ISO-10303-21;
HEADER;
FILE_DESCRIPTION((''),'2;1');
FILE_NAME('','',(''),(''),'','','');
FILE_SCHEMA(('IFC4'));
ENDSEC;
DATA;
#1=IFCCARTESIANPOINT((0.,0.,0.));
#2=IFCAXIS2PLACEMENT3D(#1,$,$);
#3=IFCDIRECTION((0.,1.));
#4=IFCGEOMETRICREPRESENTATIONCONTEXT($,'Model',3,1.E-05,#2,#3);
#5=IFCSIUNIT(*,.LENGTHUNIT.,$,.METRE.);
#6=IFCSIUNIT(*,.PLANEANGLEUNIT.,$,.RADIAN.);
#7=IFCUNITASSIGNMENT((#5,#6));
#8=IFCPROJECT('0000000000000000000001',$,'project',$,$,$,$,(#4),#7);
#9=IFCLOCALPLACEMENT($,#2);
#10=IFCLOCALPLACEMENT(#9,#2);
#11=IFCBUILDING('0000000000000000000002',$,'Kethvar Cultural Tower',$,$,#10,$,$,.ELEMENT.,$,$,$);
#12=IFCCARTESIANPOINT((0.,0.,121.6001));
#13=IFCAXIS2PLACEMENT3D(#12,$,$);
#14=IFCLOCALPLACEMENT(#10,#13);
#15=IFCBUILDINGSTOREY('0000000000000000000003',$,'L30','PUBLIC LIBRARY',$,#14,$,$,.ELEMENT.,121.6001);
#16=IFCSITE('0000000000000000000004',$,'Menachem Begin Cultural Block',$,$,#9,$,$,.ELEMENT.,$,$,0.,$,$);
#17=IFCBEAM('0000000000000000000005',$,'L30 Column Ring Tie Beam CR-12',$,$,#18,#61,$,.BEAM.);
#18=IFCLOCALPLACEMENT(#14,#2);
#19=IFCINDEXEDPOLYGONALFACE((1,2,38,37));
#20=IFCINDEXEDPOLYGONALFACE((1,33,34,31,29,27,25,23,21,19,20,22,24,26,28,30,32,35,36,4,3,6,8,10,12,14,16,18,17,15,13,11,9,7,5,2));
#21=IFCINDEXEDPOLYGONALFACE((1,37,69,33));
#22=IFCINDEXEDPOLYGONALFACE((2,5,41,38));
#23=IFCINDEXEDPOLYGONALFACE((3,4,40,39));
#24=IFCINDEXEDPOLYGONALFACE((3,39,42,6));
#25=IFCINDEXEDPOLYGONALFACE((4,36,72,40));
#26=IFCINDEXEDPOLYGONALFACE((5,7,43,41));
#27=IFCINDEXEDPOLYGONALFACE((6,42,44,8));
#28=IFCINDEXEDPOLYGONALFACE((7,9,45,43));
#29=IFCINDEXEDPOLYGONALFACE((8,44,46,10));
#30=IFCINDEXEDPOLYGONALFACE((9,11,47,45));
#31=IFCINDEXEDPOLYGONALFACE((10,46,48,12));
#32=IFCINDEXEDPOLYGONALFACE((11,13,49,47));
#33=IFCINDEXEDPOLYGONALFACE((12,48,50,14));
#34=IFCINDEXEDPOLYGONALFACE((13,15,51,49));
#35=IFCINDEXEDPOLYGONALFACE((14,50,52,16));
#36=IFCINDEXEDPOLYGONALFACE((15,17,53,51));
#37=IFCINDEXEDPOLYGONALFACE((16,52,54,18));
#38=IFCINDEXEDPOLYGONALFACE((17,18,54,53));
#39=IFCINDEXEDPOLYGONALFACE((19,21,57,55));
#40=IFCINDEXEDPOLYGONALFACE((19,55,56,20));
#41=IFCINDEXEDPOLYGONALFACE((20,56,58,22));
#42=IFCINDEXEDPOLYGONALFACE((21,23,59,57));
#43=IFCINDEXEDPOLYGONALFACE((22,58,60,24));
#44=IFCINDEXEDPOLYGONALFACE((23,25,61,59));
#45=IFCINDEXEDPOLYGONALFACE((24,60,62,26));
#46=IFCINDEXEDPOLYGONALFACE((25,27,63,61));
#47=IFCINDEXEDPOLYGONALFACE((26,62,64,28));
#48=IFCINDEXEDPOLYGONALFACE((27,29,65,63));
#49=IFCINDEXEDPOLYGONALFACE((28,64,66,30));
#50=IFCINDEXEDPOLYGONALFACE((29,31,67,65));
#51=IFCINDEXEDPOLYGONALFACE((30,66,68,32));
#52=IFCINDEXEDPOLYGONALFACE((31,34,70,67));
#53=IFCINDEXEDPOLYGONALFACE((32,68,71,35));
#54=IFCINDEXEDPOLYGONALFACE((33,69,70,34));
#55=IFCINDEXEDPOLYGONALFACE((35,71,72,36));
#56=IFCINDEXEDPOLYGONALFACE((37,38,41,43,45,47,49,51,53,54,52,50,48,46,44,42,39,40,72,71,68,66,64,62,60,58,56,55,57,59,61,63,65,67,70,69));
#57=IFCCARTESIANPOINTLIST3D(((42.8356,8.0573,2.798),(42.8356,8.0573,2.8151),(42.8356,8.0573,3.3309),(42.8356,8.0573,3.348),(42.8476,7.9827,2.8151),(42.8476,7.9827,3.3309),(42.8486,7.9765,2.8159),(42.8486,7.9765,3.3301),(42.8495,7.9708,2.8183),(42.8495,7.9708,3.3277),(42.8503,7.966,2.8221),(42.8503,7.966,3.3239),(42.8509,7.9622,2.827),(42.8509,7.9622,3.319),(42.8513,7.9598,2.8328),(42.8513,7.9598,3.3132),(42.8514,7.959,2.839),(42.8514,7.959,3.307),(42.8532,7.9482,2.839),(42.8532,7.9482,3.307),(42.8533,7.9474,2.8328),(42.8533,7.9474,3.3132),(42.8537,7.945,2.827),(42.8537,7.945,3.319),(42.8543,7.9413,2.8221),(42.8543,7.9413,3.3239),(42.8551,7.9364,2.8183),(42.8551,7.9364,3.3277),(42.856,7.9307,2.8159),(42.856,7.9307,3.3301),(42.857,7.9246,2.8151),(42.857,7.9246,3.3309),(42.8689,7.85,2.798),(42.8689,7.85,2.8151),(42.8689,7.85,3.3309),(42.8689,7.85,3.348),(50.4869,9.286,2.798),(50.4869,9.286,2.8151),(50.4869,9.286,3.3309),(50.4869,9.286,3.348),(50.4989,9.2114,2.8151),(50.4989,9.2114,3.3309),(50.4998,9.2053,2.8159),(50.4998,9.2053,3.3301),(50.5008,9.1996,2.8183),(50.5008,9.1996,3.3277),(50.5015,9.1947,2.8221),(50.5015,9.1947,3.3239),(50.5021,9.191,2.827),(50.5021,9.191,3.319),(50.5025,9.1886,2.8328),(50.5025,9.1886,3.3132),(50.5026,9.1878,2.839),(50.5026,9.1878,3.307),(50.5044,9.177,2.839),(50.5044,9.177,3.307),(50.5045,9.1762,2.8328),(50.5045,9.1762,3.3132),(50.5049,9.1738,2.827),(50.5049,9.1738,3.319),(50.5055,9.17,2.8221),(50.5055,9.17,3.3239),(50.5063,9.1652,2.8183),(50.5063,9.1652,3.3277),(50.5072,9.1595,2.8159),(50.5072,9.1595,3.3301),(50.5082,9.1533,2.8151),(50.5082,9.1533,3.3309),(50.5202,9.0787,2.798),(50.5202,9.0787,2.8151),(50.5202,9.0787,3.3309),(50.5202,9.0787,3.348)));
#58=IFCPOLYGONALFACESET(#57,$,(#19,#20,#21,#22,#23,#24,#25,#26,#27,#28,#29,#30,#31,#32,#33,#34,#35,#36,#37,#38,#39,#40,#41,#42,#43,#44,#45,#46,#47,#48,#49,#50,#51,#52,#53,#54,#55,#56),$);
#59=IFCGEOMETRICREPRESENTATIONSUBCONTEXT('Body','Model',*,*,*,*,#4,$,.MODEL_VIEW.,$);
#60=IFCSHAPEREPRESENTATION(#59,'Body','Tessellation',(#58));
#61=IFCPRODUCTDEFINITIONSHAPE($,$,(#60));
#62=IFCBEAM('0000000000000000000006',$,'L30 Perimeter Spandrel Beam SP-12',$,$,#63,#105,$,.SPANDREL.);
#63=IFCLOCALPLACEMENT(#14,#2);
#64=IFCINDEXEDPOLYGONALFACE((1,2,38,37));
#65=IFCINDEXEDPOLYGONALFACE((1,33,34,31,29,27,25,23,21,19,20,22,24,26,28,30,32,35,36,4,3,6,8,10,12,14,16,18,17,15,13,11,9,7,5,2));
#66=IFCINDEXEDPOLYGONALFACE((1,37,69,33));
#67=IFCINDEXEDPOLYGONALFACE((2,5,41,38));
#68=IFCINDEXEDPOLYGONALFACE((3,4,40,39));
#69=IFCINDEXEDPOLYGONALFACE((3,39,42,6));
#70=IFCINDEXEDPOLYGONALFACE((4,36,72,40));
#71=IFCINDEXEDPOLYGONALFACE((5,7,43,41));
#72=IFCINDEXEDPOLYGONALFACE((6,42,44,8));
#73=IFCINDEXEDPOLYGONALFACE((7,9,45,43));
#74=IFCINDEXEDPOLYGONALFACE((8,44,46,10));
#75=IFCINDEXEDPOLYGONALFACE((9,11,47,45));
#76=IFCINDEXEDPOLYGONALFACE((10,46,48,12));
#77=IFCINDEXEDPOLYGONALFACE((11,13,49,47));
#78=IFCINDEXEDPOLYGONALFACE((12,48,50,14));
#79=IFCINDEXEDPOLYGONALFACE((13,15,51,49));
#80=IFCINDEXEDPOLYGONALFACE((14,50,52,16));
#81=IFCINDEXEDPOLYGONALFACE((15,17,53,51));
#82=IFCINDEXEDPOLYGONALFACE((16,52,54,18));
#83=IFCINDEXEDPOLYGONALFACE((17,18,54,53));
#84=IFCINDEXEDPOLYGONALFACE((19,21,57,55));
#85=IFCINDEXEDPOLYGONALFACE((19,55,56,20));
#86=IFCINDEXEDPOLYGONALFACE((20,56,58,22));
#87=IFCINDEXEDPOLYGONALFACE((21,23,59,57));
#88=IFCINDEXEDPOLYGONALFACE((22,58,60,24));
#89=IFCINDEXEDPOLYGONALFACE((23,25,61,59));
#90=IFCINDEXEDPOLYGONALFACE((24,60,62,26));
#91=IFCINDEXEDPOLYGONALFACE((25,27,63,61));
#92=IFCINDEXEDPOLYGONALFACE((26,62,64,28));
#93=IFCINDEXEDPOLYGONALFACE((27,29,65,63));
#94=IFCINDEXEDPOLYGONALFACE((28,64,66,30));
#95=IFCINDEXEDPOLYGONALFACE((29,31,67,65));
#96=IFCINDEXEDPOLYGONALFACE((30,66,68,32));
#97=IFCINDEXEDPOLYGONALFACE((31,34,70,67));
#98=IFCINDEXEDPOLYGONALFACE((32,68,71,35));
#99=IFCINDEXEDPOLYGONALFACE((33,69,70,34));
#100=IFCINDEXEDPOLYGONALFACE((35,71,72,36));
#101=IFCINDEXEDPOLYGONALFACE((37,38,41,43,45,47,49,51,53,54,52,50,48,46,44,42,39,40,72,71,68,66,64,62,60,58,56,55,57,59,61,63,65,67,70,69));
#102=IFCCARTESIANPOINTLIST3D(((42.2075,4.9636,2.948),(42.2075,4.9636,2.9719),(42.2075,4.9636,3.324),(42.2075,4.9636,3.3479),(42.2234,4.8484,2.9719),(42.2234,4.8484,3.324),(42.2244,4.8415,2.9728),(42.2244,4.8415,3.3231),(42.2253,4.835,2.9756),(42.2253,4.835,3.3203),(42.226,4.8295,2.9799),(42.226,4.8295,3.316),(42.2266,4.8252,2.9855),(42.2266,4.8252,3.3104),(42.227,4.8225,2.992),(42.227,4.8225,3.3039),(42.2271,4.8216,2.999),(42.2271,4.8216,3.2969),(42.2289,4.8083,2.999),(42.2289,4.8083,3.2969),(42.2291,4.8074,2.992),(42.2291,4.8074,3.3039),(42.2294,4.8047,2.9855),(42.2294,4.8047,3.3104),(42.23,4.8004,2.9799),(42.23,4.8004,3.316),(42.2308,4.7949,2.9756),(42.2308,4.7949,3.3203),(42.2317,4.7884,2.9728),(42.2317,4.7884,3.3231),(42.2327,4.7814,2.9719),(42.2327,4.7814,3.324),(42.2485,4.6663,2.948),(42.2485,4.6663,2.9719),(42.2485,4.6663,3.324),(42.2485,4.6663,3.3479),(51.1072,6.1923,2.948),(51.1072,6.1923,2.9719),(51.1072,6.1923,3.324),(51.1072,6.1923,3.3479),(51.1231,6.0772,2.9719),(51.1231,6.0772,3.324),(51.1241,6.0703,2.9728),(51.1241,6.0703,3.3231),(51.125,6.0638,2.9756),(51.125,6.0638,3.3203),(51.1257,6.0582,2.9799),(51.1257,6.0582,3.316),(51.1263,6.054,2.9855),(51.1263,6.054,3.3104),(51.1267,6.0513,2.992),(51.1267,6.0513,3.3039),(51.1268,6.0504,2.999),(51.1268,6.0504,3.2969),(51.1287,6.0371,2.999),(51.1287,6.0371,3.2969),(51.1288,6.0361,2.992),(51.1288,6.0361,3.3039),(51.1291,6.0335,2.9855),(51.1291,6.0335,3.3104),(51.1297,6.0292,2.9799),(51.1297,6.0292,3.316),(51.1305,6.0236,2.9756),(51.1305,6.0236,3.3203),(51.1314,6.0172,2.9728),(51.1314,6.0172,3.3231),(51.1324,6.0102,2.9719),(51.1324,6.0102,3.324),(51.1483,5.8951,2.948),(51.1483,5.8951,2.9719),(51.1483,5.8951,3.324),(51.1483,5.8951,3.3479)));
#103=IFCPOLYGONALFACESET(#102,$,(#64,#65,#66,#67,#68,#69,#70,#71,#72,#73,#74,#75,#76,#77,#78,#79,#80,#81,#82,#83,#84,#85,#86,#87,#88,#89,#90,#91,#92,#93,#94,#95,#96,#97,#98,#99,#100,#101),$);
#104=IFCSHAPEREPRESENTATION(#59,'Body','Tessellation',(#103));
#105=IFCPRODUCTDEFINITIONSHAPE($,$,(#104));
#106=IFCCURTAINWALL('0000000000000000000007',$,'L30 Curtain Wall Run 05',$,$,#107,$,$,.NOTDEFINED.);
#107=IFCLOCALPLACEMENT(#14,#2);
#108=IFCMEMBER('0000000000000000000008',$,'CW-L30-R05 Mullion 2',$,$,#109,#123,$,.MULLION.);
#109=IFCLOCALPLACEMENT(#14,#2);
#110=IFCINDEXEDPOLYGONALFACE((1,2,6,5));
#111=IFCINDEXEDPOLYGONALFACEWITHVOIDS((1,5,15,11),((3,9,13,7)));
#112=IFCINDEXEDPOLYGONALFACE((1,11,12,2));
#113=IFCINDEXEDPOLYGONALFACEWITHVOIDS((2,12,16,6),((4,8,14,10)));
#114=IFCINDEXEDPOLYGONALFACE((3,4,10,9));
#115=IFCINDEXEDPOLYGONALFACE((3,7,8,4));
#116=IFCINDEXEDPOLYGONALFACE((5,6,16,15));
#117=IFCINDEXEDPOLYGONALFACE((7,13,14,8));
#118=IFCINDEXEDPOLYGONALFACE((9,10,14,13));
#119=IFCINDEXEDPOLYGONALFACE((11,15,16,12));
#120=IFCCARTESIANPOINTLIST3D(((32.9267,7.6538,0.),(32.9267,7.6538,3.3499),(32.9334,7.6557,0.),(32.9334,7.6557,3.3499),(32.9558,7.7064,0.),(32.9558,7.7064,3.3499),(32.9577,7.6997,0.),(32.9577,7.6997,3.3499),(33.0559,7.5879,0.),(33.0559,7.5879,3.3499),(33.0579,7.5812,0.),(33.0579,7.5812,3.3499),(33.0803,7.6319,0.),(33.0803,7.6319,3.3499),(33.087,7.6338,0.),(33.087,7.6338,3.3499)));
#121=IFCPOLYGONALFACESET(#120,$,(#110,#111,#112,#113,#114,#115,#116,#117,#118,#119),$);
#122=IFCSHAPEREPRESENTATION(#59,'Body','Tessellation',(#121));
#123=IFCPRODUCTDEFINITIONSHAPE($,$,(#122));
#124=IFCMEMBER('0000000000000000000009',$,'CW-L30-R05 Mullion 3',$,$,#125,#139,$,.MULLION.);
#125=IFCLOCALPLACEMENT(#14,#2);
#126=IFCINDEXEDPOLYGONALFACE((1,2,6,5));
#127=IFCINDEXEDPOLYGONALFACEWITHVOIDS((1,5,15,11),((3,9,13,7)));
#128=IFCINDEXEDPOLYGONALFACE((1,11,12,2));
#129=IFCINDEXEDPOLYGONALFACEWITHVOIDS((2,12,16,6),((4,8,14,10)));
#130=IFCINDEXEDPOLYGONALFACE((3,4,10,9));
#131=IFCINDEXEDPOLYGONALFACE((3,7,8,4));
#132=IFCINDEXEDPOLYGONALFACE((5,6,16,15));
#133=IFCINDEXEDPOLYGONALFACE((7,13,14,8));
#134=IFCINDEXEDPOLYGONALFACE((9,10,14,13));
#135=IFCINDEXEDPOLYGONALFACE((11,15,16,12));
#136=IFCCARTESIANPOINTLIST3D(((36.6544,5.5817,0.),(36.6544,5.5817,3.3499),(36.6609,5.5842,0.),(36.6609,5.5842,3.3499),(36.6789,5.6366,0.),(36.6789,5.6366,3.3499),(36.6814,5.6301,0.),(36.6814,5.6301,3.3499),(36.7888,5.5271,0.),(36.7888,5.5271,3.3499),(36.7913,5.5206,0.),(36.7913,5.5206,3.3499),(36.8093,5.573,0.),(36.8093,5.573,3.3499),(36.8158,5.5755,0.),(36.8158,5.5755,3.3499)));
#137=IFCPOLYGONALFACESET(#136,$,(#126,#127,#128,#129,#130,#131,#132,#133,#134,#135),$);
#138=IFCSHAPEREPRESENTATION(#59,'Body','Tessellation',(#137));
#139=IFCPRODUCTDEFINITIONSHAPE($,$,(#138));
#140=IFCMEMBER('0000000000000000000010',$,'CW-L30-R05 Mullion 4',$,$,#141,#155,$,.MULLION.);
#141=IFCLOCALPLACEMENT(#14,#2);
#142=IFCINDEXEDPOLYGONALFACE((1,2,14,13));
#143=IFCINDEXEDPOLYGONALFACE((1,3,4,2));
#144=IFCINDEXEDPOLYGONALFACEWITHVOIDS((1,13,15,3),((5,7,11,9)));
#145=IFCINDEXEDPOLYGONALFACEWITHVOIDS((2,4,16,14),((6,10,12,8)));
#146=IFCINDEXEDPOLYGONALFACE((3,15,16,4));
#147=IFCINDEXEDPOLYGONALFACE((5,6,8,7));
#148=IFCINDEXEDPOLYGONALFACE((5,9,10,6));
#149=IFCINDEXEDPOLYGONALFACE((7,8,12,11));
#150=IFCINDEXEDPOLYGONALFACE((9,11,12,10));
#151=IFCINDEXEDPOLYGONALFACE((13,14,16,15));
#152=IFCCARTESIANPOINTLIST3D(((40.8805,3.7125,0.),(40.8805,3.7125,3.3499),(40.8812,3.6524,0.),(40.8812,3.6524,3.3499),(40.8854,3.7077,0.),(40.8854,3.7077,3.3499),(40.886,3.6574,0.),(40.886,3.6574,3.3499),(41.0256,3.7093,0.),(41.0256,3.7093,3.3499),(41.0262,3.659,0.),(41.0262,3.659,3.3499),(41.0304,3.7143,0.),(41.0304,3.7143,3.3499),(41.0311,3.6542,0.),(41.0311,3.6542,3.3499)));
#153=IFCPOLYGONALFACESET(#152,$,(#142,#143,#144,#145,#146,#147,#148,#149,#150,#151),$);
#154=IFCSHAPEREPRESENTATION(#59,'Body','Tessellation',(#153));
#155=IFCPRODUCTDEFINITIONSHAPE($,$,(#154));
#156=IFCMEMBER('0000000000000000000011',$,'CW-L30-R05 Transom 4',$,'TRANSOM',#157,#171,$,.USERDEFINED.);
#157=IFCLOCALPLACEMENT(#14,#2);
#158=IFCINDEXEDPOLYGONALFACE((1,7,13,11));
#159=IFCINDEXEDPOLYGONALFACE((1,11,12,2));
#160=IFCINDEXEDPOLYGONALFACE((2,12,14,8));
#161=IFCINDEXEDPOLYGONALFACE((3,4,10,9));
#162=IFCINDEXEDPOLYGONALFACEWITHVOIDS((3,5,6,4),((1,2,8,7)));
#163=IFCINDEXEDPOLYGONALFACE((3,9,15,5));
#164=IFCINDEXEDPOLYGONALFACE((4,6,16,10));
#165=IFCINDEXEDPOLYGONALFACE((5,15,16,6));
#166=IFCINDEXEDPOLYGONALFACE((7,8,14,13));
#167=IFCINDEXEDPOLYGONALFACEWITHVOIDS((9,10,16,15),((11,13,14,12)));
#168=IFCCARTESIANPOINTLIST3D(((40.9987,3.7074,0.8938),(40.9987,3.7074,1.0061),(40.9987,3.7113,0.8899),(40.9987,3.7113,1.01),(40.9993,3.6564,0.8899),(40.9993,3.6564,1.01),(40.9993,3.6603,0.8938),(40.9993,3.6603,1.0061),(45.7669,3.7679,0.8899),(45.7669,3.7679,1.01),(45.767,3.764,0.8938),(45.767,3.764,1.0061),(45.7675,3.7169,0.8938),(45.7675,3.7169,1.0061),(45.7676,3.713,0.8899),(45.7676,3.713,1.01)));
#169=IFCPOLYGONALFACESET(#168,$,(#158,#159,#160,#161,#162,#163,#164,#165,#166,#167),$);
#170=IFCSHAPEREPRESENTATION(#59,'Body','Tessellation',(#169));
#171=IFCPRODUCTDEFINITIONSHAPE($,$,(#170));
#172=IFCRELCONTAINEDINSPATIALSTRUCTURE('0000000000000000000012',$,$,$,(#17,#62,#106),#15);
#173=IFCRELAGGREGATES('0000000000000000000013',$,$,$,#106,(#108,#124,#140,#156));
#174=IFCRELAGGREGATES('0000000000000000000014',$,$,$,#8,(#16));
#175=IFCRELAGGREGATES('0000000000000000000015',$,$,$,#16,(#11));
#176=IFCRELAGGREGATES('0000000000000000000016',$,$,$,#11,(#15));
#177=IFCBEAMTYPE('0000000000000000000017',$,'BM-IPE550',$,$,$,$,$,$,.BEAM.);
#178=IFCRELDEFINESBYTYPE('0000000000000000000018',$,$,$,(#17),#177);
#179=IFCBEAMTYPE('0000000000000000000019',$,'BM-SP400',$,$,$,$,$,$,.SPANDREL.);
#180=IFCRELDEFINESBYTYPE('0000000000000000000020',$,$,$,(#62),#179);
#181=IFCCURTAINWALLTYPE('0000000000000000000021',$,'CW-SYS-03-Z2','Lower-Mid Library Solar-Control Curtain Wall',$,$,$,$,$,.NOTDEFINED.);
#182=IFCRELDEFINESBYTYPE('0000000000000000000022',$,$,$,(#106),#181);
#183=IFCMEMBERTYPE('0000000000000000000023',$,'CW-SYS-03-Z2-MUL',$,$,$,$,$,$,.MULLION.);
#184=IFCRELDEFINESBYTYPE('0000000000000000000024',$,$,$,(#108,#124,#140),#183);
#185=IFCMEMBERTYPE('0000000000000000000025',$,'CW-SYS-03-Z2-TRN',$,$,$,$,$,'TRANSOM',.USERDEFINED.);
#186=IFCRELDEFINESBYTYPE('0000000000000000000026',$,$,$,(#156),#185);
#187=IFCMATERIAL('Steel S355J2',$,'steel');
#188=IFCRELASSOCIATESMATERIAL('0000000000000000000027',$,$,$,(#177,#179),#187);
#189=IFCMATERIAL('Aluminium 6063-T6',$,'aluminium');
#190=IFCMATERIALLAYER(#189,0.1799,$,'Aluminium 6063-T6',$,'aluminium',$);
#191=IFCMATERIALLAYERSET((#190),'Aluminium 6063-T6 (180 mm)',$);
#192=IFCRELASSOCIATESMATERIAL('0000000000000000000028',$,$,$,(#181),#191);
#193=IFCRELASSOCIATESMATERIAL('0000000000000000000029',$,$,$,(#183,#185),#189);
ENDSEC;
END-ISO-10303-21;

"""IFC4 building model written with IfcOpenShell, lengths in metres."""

from ifc_helpers import new_model, si_unit, direction, frame, origin, origin_2d, place, context, subcontext, project, spatial, hollow_rectangle, i_section, extrude, source, transform, mapped, material, layer, layer_set, material_profile, profile_set, type_object, element, aggregate, save


model = new_model("IFC4")

# Units and contexts
model_context = context("Model", 3, precision=1e-05, world=origin(), true_north=direction((0.0, 1.0)))
body_context = subcontext(model_context, "Body", "Model", "MODEL_VIEW")
ifc_project = project(units=[si_unit("LENGTHUNIT", "METRE"), si_unit("PLANEANGLEUNIT", "RADIAN")], contexts=[model_context])

# Site, building, storey
site_placement = place(None, origin())
site = spatial("IfcSite", under=ifc_project, at=site_placement, Name="Menachem Begin Cultural Block", CompositionType="ELEMENT", RefElevation=0.0)
building_placement = place(site_placement, origin())
building = spatial("IfcBuilding", under=site, at=building_placement, Name="Kethvar Cultural Tower", CompositionType="ELEMENT")
storey_placement = place(building_placement, frame((0.0, 0.0, 121.6001)))
storey = spatial("IfcBuildingStorey", under=building, at=storey_placement, Name="L30", Description="PUBLIC LIBRARY", CompositionType="ELEMENT", Elevation=121.6001)

# Beams
ifc_material_1 = material(Name="Steel S355J2", Category="steel")
ifc_material_profile_1 = material_profile(ifc_material_1, i_section(OverallWidth=0.21, OverallDepth=0.55, WebThickness=0.011, FlangeThickness=0.0171, FilletRadius=0.0239, at=origin_2d()), Name="Steel S355J2 — IPE550")
ifc_profile_set_1 = profile_set([ifc_material_profile_1], Name="Steel S355J2 — IPE550")
beam_type_1 = type_object("IfcBeamType", Name="BM-IPE550", PredefinedType="BEAM", material=ifc_profile_set_1)
ifc_material_profile_2 = material_profile(ifc_material_1, i_section(OverallWidth=0.3, OverallDepth=0.3999, WebThickness=0.0134, FlangeThickness=0.0239, FilletRadius=0.0271, at=origin_2d()), Name="Steel S355J2 — HEB400")
ifc_profile_set_2 = profile_set([ifc_material_profile_2], Name="Steel S355J2 — HEB400")
beam_type_2 = type_object("IfcBeamType", Name="BM-SP400", PredefinedType="SPANDREL", material=ifc_profile_set_2)
shared_shape_1 = source(origin(), body_context, "Body", "SweptSolid", [
    extrude(i_section(OverallWidth=0.21, OverallDepth=0.55, WebThickness=0.011, FlangeThickness=0.0171, FilletRadius=0.0239, at=origin_2d()), origin(), (0.0, 0.0, 1.0), 7.7493),
])
beam_1_placement = place(storey_placement, frame((42.8523, 7.9536, 3.073), z_axis=(0.987348, 0.158567, 0.0), x_axis=(-0.158567, 0.987348, 0.0)))
element("IfcBeam", 1, at=beam_1_placement, inside=storey, type_object=beam_type_1, Name="L30 Column Ring Tie Beam CR-12", PredefinedType="BEAM", context=body_context, shape_type="MappedRepresentation", body=[
    mapped(shared_shape_1, transform((0.0, 0.0, 0.0), scale=1.0)),
])
shared_shape_2 = source(origin(), body_context, "Body", "SweptSolid", [
    extrude(i_section(OverallWidth=0.3, OverallDepth=0.3999, WebThickness=0.0134, FlangeThickness=0.0239, FilletRadius=0.0271, at=origin_2d()), origin(), (0.0, 0.0, 1.0), 8.9841),
])
beam_2_placement = place(storey_placement, frame((42.228, 4.8149, 3.1479), z_axis=(0.990603, 0.136771, 0.0), x_axis=(-0.136771, 0.990603, 0.0)))
element("IfcBeam", 2, at=beam_2_placement, inside=storey, type_object=beam_type_2, Name="L30 Perimeter Spandrel Beam SP-12", PredefinedType="SPANDREL", context=body_context, shape_type="MappedRepresentation", body=[
    mapped(shared_shape_2, transform((0.0, 0.0, 0.0), scale=1.0)),
])

# Curtain wall, members
ifc_material_2 = material(Name="Aluminium 6063-T6", Category="aluminium")
ifc_layer_1 = layer(ifc_material_2, 0.1799, Name="Aluminium 6063-T6", Category="aluminium")
ifc_layer_set_1 = layer_set([ifc_layer_1], Name="Aluminium 6063-T6 (180 mm)")
curtain_wall_type = type_object("IfcCurtainWallType", Name="CW-SYS-03-Z2", Description="Lower-Mid Library Solar-Control Curtain Wall", PredefinedType="NOTDEFINED", material=ifc_layer_set_1)
curtain_wall_placement = place(storey_placement, origin())
curtain_wall = element("IfcCurtainWall", 3, at=curtain_wall_placement, inside=storey, type_object=curtain_wall_type, Name="L30 Curtain Wall Run 05", PredefinedType="NOTDEFINED")
ifc_material_profile_3 = material_profile(ifc_material_2, hollow_rectangle(XDim=0.0601, YDim=0.1499, WallThickness=0.0049, at=origin_2d()), Name="Aluminium 6063-T6 — RHS150x60x5")
ifc_profile_set_3 = profile_set([ifc_material_profile_3], Name="Aluminium 6063-T6 — RHS150x60x5")
member_type_1 = type_object("IfcMemberType", Name="CW-SYS-03-Z2-MUL", PredefinedType="MULLION", material=ifc_profile_set_3)
shared_shape_3 = source(origin(), body_context, "Body", "SweptSolid", [
    extrude(hollow_rectangle(XDim=0.0601, YDim=0.1499, WallThickness=0.0049, at=origin_2d()), origin(), (0.0, 0.0, 1.0), 3.3499),
])
member_1_placement = place(storey_placement, frame((33.0068, 7.6438, 0.0), z_axis=(0.0, 0.0, 1.0), x_axis=(0.484474, 0.874806, 0.0)))
member_1 = element("IfcMember", 4, at=member_1_placement, type_object=member_type_1, Name="CW-L30-R05 Mullion 2", PredefinedType="MULLION", context=body_context, shape_type="MappedRepresentation", body=[
    mapped(shared_shape_3, transform((0.0, 0.0, 0.0), scale=1.0)),
])
member_2_placement = place(storey_placement, frame((36.7351, 5.5786, 0.0), z_axis=(0.0, 0.0, 1.0), x_axis=(0.407518, 0.913197, 0.0)))
member_2 = element("IfcMember", 5, at=member_2_placement, type_object=member_type_1, Name="CW-L30-R05 Mullion 3", PredefinedType="MULLION", context=body_context, shape_type="MappedRepresentation", body=[
    mapped(shared_shape_3, transform((0.0, 0.0, 0.0), scale=1.0)),
])
member_3_placement = place(storey_placement, frame((40.9558, 3.6833, 0.0), z_axis=(0.0, 0.0, 1.0), x_axis=(-0.011868, 0.99993, 0.0)))
member_3 = element("IfcMember", 6, at=member_3_placement, type_object=member_type_1, Name="CW-L30-R05 Mullion 4", PredefinedType="MULLION", context=body_context, shape_type="MappedRepresentation", body=[
    mapped(shared_shape_3, transform((0.0, 0.0, 0.0), scale=1.0)),
])
ifc_material_profile_4 = material_profile(ifc_material_2, hollow_rectangle(XDim=0.0549, YDim=0.1201, WallThickness=0.0039, at=origin_2d()), Name="Aluminium 6063-T6 — RHS120x55x4")
ifc_profile_set_4 = profile_set([ifc_material_profile_4], Name="Aluminium 6063-T6 — RHS120x55x4")
member_type_2 = type_object("IfcMemberType", Name="CW-SYS-03-Z2-TRN", ElementType="TRANSOM", PredefinedType="USERDEFINED", material=ifc_profile_set_4)
shared_shape_4 = source(origin(), body_context, "Body", "SweptSolid", [
    extrude(hollow_rectangle(XDim=0.0549, YDim=0.1201, WallThickness=0.0039, at=origin_2d()), origin(), (0.0, 0.0, 1.0), 4.7686),
])
member_4_placement = place(storey_placement, frame((40.999, 3.6838, 0.95), z_axis=(0.999929, 0.011878, 0.0), x_axis=(-0.011878, 0.999929, 0.0)))
member_4 = element("IfcMember", 7, at=member_4_placement, type_object=member_type_2, Name="CW-L30-R05 Transom 4", ObjectType="TRANSOM", PredefinedType="USERDEFINED", context=body_context, shape_type="MappedRepresentation", body=[
    mapped(shared_shape_4, transform((0.0, 0.0, 0.0), scale=1.0)),
])
aggregate(curtain_wall, [member_1, member_2, member_3, member_4])

save(model, "model.ifc")
